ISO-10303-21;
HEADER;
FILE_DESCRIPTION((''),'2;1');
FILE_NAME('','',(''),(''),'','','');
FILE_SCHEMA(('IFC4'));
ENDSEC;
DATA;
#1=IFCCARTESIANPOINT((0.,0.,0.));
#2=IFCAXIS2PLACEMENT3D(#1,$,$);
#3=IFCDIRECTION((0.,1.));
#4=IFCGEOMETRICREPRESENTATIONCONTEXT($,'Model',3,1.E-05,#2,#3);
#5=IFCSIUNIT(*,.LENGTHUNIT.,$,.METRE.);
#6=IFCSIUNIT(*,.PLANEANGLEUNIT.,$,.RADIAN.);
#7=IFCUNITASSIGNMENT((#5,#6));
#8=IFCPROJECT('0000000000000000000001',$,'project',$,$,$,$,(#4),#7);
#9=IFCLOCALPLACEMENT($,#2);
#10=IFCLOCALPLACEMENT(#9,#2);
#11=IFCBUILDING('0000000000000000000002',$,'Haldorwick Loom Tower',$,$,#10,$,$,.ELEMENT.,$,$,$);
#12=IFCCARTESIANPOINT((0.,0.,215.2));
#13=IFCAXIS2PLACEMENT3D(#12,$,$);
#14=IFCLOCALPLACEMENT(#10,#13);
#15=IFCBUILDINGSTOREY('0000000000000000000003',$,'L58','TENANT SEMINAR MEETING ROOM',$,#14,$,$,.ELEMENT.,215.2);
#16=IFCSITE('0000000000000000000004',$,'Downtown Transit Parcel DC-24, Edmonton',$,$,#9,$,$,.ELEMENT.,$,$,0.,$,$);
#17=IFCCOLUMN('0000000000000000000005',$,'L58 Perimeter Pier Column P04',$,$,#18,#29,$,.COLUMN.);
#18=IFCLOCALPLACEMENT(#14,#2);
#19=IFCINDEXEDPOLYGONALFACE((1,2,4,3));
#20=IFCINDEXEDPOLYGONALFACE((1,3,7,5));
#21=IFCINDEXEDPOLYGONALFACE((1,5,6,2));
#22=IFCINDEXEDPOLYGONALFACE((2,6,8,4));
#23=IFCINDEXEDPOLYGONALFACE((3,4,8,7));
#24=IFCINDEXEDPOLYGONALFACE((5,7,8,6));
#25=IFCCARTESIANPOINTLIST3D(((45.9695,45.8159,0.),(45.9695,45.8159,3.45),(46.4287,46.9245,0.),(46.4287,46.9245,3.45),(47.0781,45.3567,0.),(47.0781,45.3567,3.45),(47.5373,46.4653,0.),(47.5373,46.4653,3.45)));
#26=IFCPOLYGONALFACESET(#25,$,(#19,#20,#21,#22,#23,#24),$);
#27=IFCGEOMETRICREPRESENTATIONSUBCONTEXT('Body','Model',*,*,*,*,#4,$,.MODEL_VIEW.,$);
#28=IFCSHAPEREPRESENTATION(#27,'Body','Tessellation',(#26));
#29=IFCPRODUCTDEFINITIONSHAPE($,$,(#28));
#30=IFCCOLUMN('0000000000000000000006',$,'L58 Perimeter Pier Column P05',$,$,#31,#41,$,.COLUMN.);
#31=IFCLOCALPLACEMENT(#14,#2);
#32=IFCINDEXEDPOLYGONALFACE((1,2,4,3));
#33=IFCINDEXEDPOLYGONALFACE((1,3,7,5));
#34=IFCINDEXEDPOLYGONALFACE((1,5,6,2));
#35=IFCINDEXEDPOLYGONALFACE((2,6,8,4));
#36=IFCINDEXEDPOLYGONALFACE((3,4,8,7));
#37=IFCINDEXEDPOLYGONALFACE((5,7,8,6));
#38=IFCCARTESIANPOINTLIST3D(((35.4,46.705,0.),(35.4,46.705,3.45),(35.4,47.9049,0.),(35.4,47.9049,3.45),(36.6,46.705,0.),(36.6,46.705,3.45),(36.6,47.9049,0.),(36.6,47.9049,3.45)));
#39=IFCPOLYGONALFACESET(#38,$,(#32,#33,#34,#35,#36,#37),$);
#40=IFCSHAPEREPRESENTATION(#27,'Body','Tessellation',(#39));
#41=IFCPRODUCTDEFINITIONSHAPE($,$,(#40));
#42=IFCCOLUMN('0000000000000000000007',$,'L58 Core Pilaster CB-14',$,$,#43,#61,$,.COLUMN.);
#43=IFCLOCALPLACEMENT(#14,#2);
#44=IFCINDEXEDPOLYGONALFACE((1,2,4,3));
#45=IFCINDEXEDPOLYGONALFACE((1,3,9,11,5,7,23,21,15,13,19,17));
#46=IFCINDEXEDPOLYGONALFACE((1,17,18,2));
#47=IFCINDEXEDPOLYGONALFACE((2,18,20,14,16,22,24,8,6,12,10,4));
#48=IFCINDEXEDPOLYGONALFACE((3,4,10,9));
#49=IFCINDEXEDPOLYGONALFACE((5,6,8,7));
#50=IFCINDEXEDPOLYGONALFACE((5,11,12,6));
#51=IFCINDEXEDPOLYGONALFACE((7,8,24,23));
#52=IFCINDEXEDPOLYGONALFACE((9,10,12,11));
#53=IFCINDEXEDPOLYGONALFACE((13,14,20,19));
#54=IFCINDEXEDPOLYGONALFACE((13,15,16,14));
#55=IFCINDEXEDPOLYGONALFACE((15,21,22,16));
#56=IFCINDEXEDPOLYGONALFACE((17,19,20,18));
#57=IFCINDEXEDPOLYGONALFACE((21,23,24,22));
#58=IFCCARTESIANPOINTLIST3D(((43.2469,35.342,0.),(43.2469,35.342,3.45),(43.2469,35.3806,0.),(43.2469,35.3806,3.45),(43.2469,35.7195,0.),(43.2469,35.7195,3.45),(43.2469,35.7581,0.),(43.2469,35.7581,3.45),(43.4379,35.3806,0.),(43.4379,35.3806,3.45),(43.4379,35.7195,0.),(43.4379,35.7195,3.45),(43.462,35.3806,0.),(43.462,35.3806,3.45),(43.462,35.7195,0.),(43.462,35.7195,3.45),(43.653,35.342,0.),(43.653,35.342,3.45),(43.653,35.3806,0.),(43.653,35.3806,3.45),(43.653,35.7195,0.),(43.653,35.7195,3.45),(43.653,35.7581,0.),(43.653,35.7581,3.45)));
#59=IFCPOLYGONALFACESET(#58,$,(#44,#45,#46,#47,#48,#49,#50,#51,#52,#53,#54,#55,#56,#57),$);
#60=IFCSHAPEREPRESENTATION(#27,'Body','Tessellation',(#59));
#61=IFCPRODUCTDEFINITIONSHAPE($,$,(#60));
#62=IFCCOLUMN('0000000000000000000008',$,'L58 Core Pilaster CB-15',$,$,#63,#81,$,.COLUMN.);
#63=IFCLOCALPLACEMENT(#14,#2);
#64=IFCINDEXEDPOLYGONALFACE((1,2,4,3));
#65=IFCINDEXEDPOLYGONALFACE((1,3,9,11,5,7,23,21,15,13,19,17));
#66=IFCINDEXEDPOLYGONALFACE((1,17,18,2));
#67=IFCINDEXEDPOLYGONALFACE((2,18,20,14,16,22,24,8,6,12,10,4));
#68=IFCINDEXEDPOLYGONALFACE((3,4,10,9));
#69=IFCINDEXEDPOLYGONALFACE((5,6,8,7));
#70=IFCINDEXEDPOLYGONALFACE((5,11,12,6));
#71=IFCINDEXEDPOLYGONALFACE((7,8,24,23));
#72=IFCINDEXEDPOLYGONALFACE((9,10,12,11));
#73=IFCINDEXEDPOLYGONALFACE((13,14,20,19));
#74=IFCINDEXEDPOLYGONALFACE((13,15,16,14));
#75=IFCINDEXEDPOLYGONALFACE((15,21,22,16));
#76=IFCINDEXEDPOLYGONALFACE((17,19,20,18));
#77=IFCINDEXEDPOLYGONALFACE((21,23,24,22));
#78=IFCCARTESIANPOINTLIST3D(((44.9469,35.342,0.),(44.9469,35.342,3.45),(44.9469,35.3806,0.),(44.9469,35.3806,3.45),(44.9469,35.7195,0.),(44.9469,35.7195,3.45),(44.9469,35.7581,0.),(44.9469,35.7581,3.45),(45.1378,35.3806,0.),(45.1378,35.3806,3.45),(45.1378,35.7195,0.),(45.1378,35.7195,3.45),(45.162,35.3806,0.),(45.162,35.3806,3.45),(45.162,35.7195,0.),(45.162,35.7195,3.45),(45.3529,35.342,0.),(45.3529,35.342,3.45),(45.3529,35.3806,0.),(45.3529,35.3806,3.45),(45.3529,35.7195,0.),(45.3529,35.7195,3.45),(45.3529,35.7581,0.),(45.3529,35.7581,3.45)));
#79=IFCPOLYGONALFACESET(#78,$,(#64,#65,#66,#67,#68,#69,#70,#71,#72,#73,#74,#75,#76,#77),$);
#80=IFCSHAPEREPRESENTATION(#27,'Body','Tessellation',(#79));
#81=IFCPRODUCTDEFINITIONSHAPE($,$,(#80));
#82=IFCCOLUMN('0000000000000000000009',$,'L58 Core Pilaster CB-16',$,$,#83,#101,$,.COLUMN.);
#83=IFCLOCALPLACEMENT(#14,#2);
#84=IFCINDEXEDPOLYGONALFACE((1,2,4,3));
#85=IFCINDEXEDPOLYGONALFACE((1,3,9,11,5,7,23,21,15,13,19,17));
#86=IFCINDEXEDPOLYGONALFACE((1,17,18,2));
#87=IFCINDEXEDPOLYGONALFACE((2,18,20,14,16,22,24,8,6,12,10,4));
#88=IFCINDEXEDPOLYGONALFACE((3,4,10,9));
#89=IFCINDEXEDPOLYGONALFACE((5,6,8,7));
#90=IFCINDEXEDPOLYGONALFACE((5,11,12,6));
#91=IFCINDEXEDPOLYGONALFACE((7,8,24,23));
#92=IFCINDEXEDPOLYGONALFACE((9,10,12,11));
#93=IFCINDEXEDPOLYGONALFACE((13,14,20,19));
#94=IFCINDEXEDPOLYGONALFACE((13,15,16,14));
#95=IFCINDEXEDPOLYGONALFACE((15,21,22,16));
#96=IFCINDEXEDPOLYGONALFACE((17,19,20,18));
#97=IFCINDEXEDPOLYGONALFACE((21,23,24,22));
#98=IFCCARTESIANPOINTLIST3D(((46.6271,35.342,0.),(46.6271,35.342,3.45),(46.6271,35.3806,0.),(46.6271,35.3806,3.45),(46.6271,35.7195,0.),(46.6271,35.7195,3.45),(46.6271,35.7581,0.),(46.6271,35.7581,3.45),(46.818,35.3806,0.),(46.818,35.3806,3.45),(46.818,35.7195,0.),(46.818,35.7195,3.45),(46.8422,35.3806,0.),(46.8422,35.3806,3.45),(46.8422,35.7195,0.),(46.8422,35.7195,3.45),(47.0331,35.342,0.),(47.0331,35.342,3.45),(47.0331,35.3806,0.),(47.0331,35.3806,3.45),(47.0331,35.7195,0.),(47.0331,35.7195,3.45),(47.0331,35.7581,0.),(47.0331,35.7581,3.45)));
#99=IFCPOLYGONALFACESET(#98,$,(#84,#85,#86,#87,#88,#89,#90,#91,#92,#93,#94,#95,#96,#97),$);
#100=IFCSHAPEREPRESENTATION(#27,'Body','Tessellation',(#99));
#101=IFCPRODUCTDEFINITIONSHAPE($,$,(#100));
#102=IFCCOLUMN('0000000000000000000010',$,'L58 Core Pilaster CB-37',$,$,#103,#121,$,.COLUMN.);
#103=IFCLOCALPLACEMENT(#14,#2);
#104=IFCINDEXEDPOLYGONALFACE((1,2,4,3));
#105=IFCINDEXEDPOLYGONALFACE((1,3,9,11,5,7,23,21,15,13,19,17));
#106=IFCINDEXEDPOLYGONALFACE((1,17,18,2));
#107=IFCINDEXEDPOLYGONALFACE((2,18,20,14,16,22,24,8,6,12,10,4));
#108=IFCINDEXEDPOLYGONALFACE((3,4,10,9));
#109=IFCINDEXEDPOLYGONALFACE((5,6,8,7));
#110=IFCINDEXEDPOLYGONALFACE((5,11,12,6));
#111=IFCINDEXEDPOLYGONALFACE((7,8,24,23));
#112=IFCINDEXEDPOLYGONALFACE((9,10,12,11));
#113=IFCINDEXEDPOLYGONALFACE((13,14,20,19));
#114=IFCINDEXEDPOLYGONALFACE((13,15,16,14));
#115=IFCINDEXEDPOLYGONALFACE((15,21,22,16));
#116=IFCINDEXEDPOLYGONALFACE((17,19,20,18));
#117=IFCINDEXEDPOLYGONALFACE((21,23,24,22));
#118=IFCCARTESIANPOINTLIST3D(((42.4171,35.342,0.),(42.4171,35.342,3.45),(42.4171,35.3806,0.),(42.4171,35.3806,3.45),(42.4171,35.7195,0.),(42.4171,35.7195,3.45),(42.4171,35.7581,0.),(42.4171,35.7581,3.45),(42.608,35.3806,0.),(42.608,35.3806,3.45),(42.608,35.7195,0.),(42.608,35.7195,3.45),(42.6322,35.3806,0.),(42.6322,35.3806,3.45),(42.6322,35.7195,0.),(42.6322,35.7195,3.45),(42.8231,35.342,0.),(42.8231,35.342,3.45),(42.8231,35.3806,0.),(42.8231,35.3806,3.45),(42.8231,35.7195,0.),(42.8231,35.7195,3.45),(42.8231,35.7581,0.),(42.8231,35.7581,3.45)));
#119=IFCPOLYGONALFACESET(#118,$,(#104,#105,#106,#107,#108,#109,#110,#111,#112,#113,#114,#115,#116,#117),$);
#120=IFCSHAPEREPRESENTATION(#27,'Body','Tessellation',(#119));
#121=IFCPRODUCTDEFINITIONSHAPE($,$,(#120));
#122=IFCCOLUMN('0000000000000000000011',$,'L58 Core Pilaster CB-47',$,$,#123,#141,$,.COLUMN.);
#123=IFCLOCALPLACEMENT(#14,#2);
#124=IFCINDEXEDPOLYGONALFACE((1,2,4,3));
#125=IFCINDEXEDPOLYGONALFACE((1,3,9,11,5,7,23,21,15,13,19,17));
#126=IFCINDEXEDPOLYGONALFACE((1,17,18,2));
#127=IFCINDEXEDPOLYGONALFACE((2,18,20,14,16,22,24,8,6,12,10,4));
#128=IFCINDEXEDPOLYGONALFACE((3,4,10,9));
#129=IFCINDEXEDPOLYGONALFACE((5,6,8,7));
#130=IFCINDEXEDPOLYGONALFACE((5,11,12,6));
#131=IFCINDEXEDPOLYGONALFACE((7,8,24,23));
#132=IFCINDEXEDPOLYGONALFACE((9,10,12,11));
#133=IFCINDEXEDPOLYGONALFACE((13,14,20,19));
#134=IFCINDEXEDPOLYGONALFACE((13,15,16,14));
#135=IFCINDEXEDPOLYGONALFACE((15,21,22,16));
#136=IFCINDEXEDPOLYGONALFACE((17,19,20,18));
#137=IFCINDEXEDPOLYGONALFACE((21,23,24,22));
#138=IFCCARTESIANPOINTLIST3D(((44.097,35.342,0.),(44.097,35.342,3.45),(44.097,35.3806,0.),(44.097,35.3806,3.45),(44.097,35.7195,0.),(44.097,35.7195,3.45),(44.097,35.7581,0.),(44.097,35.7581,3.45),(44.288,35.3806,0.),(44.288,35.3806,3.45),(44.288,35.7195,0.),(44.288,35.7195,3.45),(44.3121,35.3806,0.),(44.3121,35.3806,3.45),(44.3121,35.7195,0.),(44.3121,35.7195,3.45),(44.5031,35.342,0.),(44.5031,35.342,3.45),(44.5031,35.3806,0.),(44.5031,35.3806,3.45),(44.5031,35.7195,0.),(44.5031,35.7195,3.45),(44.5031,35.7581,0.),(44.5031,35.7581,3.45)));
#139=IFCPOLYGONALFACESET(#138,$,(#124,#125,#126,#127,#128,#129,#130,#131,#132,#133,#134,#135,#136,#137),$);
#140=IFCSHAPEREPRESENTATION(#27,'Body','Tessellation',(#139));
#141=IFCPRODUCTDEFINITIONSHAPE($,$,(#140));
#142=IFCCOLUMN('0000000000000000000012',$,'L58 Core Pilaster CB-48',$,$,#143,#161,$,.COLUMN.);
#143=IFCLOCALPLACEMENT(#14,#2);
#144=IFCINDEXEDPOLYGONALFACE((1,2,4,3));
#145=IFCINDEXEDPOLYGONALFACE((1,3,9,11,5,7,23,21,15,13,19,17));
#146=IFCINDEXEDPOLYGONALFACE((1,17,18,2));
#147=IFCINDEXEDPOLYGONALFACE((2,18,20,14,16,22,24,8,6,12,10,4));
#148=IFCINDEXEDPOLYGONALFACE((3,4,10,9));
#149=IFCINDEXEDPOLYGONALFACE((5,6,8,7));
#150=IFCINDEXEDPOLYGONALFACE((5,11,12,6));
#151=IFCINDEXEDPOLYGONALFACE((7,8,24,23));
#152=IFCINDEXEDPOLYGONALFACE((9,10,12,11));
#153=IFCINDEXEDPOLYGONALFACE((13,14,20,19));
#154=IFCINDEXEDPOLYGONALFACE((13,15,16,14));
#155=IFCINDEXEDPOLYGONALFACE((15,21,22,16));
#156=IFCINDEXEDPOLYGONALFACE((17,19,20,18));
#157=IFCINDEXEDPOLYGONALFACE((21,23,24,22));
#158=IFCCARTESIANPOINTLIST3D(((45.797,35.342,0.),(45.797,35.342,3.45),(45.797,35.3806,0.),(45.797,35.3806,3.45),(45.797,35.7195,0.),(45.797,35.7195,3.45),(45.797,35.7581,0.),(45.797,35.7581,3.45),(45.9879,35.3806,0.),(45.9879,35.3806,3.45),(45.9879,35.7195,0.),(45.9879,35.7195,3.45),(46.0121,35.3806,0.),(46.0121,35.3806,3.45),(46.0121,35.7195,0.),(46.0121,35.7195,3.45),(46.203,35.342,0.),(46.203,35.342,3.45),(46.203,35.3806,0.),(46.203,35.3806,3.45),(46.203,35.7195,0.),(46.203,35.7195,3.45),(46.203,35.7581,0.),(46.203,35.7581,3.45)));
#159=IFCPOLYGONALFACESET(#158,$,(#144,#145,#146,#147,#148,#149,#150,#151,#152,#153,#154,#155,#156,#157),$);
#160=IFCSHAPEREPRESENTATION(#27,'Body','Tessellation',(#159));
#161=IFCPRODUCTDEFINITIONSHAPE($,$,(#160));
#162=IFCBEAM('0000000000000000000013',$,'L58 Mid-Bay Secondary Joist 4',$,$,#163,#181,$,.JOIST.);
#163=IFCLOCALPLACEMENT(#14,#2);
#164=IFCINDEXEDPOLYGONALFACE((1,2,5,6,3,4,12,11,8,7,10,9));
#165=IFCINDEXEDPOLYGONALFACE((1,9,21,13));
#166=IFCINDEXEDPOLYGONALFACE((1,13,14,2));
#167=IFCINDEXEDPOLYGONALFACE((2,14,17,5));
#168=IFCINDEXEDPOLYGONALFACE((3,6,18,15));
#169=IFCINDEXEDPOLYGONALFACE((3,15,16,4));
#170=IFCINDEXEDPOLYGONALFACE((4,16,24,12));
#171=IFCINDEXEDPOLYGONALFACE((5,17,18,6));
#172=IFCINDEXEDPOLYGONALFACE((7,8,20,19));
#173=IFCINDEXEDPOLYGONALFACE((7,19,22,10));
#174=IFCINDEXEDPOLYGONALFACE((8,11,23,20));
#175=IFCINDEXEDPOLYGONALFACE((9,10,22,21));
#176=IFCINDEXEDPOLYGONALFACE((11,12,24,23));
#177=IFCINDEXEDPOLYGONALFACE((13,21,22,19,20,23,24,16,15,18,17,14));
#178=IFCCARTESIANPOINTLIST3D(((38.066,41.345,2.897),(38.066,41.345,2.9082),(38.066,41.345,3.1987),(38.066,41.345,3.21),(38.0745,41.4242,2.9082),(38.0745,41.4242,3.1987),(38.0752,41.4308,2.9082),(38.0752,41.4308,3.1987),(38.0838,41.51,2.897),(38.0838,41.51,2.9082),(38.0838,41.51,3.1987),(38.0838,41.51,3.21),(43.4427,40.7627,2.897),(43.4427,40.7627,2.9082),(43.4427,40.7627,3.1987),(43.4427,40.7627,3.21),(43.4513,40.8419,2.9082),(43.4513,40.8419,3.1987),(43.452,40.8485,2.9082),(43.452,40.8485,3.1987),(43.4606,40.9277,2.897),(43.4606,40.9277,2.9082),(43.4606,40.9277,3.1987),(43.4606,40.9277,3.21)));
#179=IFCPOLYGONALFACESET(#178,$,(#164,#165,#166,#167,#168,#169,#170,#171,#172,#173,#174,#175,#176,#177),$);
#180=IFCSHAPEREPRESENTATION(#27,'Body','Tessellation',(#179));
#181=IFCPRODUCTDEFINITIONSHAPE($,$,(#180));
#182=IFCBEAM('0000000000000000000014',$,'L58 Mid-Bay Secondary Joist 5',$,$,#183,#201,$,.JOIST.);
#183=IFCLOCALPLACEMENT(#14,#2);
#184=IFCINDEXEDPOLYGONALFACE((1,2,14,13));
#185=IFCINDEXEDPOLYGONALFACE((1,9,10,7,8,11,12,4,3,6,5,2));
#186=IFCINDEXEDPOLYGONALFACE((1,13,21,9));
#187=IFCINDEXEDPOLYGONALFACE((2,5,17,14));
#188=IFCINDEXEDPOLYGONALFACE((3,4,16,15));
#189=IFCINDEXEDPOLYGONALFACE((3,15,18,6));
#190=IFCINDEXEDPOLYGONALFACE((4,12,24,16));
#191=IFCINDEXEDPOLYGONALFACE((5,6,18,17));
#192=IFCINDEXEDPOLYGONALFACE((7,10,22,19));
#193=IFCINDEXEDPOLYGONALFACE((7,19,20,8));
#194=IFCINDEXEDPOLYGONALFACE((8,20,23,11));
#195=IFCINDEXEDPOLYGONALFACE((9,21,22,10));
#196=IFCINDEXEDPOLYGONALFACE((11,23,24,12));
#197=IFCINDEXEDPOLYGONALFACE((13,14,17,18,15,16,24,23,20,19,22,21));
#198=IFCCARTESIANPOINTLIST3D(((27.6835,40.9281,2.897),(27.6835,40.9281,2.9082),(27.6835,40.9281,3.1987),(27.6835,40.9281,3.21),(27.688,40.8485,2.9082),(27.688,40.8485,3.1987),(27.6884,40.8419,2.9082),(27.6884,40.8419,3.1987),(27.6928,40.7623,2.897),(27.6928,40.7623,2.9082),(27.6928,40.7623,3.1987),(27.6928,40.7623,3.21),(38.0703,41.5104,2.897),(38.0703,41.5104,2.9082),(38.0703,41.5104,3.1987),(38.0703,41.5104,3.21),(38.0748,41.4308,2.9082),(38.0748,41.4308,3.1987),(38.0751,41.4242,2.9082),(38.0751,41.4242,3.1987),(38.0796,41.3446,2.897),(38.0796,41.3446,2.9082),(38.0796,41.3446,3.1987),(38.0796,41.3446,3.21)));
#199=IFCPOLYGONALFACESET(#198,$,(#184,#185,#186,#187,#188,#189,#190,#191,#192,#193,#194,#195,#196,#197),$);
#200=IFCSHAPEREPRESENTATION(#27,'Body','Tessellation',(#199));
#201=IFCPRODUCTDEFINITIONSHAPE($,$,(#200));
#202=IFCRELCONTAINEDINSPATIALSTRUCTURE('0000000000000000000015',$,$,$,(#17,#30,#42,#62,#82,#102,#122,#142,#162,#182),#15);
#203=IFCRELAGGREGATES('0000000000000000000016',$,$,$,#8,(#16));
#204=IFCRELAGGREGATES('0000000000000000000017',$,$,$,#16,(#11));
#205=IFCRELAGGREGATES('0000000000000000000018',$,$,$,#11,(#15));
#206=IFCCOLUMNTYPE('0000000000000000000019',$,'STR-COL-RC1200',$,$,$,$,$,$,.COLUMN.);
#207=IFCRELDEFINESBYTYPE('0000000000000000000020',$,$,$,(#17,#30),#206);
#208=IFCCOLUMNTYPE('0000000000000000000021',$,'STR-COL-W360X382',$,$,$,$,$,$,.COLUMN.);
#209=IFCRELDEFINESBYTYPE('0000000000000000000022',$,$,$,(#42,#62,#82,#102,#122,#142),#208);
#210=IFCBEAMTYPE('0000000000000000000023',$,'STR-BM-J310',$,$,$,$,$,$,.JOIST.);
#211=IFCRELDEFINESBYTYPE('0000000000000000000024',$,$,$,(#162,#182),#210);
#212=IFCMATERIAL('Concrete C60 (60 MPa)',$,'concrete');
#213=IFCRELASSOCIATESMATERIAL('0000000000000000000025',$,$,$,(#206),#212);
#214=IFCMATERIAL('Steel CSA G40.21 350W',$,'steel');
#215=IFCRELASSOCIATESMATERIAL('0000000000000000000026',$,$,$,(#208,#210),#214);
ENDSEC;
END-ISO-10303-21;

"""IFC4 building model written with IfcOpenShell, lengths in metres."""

from ifc_helpers import new_model, si_unit, direction, frame, origin, origin_2d, place, context, subcontext, project, spatial, rectangle, i_section, extrude, material, material_profile, profile_set, type_object, element, save


model = new_model("IFC4")

# Units and contexts
model_context = context("Model", 3, precision=1e-05, world=origin(), true_north=direction((0.0, 1.0)))
body_context = subcontext(model_context, "Body", "Model", "MODEL_VIEW")
ifc_project = project(units=[si_unit("LENGTHUNIT", "METRE"), si_unit("PLANEANGLEUNIT", "RADIAN")], contexts=[model_context])

# Site, building, storey
site_placement = place(None, origin())
site = spatial("IfcSite", under=ifc_project, at=site_placement, Name="Downtown Transit Parcel DC-24, Edmonton", CompositionType="ELEMENT", RefElevation=0.0)
building_placement = place(site_placement, origin())
building = spatial("IfcBuilding", under=site, at=building_placement, Name="Haldorwick Loom Tower", CompositionType="ELEMENT")
storey_placement = place(building_placement, frame((0.0, 0.0, 215.2)))
storey = spatial("IfcBuildingStorey", under=building, at=storey_placement, Name="L58", Description="TENANT SEMINAR MEETING ROOM", CompositionType="ELEMENT", Elevation=215.2)

# Columns
ifc_material_1 = material(Name="Concrete C60 (60 MPa)", Category="concrete")
ifc_material_profile_1 = material_profile(ifc_material_1, rectangle(XDim=1.2, YDim=1.2, at=origin_2d()), Name="RC1200X1200", Category="concrete")
ifc_profile_set_1 = profile_set([ifc_material_profile_1], Name="Concrete C60 (60 MPa)")
column_type_1 = type_object("IfcColumnType", Name="STR-COL-RC1200", PredefinedType="COLUMN", material=ifc_profile_set_1)
for number, where, z_axis, x_axis, name in (
    (1, (46.7534, 46.1406, 0.0), (0.0, 0.0, 1.0), (0.382683, 0.92388, 0.0), "L58 Perimeter Pier Column P04"),
    (2, (36.0, 47.3049, 0.0), (0.0, 0.0, 1.0), (0.0, 1.0, 0.0), "L58 Perimeter Pier Column P05"),
):
    element("IfcColumn", number, at=place(storey_placement, frame(where, z_axis=z_axis, x_axis=x_axis)), inside=storey, type_object=column_type_1, Name=name, PredefinedType="COLUMN", context=body_context, shape_type="SweptSolid", body=[
        extrude(rectangle(XDim=1.2, YDim=1.2, at=origin_2d()), origin(), (0.0, 0.0, 1.0), 3.45),
    ])
ifc_material_2 = material(Name="Steel CSA G40.21 350W", Category="steel")
ifc_material_profile_2 = material_profile(ifc_material_2, i_section(OverallWidth=0.406, OverallDepth=0.416, WebThickness=0.0242, FlangeThickness=0.0386, at=origin_2d()), Name="W360X382", Category="steel")
ifc_profile_set_2 = profile_set([ifc_material_profile_2], Name="Steel CSA G40.21 350W")
column_type_2 = type_object("IfcColumnType", Name="STR-COL-W360X382", PredefinedType="COLUMN", material=ifc_profile_set_2)
for number, where, z_axis, x_axis, name in (
    (3, (43.45, 35.55, 0.0), (0.0, 0.0, 1.0), (1.0, 0.0, 0.0), "L58 Core Pilaster CB-14"),
    (4, (45.1499, 35.55, 0.0), (0.0, 0.0, 1.0), (1.0, 0.0, 0.0), "L58 Core Pilaster CB-15"),
    (5, (46.8301, 35.55, 0.0), (0.0, 0.0, 1.0), (1.0, 0.0, 0.0), "L58 Core Pilaster CB-16"),
    (6, (42.6201, 35.55, 0.0), (0.0, 0.0, 1.0), (1.0, 0.0, 0.0), "L58 Core Pilaster CB-37"),
    (7, (44.3, 35.55, 0.0), (0.0, 0.0, 1.0), (1.0, 0.0, 0.0), "L58 Core Pilaster CB-47"),
    (8, (46.0, 35.55, 0.0), (0.0, 0.0, 1.0), (1.0, 0.0, 0.0), "L58 Core Pilaster CB-48"),
):
    element("IfcColumn", number, at=place(storey_placement, frame(where, z_axis=z_axis, x_axis=x_axis)), inside=storey, type_object=column_type_2, Name=name, PredefinedType="COLUMN", context=body_context, shape_type="SweptSolid", body=[
        extrude(i_section(OverallWidth=0.406, OverallDepth=0.416, WebThickness=0.0242, FlangeThickness=0.0386, at=origin_2d()), origin(), (0.0, 0.0, 1.0), 3.45),
    ])

# Beams
ifc_material_profile_3 = material_profile(ifc_material_2, i_section(OverallWidth=0.166, OverallDepth=0.313, WebThickness=0.0066, FlangeThickness=0.0112, at=origin_2d()), Name="W310X45", Category="steel")
ifc_profile_set_3 = profile_set([ifc_material_profile_3], Name="Steel CSA G40.21 350W")
beam_type_1 = type_object("IfcBeamType", Name="STR-BM-J310", PredefinedType="JOIST", material=ifc_profile_set_3)
beam_1_placement = place(storey_placement, frame((43.4517, 40.8452, 3.0535), z_axis=(-0.994187, 0.107666, 0.0), x_axis=(-0.107666, -0.994187, 0.0)))
element("IfcBeam", 9, at=beam_1_placement, inside=storey, type_object=beam_type_1, Name="L58 Mid-Bay Secondary Joist 4", PredefinedType="JOIST", context=body_context, shape_type="SweptSolid", body=[
    extrude(i_section(OverallWidth=0.166, OverallDepth=0.313, WebThickness=0.0066, FlangeThickness=0.0112, at=origin_2d()), origin(), (0.0, 0.0, 1.0), 5.4082),
])
beam_2_placement = place(storey_placement, frame((38.075, 41.4275, 3.0535), z_axis=(-0.998432, -0.055972, 0.0), x_axis=(0.055972, -0.998432, 0.0)))
element("IfcBeam", 10, at=beam_2_placement, inside=storey, type_object=beam_type_1, Name="L58 Mid-Bay Secondary Joist 5", PredefinedType="JOIST", context=body_context, shape_type="SweptSolid", body=[
    extrude(i_section(OverallWidth=0.166, OverallDepth=0.313, WebThickness=0.0066, FlangeThickness=0.0112, at=origin_2d()), origin(), (0.0, 0.0, 1.0), 10.4031),
])

save(model, "model.ifc")
